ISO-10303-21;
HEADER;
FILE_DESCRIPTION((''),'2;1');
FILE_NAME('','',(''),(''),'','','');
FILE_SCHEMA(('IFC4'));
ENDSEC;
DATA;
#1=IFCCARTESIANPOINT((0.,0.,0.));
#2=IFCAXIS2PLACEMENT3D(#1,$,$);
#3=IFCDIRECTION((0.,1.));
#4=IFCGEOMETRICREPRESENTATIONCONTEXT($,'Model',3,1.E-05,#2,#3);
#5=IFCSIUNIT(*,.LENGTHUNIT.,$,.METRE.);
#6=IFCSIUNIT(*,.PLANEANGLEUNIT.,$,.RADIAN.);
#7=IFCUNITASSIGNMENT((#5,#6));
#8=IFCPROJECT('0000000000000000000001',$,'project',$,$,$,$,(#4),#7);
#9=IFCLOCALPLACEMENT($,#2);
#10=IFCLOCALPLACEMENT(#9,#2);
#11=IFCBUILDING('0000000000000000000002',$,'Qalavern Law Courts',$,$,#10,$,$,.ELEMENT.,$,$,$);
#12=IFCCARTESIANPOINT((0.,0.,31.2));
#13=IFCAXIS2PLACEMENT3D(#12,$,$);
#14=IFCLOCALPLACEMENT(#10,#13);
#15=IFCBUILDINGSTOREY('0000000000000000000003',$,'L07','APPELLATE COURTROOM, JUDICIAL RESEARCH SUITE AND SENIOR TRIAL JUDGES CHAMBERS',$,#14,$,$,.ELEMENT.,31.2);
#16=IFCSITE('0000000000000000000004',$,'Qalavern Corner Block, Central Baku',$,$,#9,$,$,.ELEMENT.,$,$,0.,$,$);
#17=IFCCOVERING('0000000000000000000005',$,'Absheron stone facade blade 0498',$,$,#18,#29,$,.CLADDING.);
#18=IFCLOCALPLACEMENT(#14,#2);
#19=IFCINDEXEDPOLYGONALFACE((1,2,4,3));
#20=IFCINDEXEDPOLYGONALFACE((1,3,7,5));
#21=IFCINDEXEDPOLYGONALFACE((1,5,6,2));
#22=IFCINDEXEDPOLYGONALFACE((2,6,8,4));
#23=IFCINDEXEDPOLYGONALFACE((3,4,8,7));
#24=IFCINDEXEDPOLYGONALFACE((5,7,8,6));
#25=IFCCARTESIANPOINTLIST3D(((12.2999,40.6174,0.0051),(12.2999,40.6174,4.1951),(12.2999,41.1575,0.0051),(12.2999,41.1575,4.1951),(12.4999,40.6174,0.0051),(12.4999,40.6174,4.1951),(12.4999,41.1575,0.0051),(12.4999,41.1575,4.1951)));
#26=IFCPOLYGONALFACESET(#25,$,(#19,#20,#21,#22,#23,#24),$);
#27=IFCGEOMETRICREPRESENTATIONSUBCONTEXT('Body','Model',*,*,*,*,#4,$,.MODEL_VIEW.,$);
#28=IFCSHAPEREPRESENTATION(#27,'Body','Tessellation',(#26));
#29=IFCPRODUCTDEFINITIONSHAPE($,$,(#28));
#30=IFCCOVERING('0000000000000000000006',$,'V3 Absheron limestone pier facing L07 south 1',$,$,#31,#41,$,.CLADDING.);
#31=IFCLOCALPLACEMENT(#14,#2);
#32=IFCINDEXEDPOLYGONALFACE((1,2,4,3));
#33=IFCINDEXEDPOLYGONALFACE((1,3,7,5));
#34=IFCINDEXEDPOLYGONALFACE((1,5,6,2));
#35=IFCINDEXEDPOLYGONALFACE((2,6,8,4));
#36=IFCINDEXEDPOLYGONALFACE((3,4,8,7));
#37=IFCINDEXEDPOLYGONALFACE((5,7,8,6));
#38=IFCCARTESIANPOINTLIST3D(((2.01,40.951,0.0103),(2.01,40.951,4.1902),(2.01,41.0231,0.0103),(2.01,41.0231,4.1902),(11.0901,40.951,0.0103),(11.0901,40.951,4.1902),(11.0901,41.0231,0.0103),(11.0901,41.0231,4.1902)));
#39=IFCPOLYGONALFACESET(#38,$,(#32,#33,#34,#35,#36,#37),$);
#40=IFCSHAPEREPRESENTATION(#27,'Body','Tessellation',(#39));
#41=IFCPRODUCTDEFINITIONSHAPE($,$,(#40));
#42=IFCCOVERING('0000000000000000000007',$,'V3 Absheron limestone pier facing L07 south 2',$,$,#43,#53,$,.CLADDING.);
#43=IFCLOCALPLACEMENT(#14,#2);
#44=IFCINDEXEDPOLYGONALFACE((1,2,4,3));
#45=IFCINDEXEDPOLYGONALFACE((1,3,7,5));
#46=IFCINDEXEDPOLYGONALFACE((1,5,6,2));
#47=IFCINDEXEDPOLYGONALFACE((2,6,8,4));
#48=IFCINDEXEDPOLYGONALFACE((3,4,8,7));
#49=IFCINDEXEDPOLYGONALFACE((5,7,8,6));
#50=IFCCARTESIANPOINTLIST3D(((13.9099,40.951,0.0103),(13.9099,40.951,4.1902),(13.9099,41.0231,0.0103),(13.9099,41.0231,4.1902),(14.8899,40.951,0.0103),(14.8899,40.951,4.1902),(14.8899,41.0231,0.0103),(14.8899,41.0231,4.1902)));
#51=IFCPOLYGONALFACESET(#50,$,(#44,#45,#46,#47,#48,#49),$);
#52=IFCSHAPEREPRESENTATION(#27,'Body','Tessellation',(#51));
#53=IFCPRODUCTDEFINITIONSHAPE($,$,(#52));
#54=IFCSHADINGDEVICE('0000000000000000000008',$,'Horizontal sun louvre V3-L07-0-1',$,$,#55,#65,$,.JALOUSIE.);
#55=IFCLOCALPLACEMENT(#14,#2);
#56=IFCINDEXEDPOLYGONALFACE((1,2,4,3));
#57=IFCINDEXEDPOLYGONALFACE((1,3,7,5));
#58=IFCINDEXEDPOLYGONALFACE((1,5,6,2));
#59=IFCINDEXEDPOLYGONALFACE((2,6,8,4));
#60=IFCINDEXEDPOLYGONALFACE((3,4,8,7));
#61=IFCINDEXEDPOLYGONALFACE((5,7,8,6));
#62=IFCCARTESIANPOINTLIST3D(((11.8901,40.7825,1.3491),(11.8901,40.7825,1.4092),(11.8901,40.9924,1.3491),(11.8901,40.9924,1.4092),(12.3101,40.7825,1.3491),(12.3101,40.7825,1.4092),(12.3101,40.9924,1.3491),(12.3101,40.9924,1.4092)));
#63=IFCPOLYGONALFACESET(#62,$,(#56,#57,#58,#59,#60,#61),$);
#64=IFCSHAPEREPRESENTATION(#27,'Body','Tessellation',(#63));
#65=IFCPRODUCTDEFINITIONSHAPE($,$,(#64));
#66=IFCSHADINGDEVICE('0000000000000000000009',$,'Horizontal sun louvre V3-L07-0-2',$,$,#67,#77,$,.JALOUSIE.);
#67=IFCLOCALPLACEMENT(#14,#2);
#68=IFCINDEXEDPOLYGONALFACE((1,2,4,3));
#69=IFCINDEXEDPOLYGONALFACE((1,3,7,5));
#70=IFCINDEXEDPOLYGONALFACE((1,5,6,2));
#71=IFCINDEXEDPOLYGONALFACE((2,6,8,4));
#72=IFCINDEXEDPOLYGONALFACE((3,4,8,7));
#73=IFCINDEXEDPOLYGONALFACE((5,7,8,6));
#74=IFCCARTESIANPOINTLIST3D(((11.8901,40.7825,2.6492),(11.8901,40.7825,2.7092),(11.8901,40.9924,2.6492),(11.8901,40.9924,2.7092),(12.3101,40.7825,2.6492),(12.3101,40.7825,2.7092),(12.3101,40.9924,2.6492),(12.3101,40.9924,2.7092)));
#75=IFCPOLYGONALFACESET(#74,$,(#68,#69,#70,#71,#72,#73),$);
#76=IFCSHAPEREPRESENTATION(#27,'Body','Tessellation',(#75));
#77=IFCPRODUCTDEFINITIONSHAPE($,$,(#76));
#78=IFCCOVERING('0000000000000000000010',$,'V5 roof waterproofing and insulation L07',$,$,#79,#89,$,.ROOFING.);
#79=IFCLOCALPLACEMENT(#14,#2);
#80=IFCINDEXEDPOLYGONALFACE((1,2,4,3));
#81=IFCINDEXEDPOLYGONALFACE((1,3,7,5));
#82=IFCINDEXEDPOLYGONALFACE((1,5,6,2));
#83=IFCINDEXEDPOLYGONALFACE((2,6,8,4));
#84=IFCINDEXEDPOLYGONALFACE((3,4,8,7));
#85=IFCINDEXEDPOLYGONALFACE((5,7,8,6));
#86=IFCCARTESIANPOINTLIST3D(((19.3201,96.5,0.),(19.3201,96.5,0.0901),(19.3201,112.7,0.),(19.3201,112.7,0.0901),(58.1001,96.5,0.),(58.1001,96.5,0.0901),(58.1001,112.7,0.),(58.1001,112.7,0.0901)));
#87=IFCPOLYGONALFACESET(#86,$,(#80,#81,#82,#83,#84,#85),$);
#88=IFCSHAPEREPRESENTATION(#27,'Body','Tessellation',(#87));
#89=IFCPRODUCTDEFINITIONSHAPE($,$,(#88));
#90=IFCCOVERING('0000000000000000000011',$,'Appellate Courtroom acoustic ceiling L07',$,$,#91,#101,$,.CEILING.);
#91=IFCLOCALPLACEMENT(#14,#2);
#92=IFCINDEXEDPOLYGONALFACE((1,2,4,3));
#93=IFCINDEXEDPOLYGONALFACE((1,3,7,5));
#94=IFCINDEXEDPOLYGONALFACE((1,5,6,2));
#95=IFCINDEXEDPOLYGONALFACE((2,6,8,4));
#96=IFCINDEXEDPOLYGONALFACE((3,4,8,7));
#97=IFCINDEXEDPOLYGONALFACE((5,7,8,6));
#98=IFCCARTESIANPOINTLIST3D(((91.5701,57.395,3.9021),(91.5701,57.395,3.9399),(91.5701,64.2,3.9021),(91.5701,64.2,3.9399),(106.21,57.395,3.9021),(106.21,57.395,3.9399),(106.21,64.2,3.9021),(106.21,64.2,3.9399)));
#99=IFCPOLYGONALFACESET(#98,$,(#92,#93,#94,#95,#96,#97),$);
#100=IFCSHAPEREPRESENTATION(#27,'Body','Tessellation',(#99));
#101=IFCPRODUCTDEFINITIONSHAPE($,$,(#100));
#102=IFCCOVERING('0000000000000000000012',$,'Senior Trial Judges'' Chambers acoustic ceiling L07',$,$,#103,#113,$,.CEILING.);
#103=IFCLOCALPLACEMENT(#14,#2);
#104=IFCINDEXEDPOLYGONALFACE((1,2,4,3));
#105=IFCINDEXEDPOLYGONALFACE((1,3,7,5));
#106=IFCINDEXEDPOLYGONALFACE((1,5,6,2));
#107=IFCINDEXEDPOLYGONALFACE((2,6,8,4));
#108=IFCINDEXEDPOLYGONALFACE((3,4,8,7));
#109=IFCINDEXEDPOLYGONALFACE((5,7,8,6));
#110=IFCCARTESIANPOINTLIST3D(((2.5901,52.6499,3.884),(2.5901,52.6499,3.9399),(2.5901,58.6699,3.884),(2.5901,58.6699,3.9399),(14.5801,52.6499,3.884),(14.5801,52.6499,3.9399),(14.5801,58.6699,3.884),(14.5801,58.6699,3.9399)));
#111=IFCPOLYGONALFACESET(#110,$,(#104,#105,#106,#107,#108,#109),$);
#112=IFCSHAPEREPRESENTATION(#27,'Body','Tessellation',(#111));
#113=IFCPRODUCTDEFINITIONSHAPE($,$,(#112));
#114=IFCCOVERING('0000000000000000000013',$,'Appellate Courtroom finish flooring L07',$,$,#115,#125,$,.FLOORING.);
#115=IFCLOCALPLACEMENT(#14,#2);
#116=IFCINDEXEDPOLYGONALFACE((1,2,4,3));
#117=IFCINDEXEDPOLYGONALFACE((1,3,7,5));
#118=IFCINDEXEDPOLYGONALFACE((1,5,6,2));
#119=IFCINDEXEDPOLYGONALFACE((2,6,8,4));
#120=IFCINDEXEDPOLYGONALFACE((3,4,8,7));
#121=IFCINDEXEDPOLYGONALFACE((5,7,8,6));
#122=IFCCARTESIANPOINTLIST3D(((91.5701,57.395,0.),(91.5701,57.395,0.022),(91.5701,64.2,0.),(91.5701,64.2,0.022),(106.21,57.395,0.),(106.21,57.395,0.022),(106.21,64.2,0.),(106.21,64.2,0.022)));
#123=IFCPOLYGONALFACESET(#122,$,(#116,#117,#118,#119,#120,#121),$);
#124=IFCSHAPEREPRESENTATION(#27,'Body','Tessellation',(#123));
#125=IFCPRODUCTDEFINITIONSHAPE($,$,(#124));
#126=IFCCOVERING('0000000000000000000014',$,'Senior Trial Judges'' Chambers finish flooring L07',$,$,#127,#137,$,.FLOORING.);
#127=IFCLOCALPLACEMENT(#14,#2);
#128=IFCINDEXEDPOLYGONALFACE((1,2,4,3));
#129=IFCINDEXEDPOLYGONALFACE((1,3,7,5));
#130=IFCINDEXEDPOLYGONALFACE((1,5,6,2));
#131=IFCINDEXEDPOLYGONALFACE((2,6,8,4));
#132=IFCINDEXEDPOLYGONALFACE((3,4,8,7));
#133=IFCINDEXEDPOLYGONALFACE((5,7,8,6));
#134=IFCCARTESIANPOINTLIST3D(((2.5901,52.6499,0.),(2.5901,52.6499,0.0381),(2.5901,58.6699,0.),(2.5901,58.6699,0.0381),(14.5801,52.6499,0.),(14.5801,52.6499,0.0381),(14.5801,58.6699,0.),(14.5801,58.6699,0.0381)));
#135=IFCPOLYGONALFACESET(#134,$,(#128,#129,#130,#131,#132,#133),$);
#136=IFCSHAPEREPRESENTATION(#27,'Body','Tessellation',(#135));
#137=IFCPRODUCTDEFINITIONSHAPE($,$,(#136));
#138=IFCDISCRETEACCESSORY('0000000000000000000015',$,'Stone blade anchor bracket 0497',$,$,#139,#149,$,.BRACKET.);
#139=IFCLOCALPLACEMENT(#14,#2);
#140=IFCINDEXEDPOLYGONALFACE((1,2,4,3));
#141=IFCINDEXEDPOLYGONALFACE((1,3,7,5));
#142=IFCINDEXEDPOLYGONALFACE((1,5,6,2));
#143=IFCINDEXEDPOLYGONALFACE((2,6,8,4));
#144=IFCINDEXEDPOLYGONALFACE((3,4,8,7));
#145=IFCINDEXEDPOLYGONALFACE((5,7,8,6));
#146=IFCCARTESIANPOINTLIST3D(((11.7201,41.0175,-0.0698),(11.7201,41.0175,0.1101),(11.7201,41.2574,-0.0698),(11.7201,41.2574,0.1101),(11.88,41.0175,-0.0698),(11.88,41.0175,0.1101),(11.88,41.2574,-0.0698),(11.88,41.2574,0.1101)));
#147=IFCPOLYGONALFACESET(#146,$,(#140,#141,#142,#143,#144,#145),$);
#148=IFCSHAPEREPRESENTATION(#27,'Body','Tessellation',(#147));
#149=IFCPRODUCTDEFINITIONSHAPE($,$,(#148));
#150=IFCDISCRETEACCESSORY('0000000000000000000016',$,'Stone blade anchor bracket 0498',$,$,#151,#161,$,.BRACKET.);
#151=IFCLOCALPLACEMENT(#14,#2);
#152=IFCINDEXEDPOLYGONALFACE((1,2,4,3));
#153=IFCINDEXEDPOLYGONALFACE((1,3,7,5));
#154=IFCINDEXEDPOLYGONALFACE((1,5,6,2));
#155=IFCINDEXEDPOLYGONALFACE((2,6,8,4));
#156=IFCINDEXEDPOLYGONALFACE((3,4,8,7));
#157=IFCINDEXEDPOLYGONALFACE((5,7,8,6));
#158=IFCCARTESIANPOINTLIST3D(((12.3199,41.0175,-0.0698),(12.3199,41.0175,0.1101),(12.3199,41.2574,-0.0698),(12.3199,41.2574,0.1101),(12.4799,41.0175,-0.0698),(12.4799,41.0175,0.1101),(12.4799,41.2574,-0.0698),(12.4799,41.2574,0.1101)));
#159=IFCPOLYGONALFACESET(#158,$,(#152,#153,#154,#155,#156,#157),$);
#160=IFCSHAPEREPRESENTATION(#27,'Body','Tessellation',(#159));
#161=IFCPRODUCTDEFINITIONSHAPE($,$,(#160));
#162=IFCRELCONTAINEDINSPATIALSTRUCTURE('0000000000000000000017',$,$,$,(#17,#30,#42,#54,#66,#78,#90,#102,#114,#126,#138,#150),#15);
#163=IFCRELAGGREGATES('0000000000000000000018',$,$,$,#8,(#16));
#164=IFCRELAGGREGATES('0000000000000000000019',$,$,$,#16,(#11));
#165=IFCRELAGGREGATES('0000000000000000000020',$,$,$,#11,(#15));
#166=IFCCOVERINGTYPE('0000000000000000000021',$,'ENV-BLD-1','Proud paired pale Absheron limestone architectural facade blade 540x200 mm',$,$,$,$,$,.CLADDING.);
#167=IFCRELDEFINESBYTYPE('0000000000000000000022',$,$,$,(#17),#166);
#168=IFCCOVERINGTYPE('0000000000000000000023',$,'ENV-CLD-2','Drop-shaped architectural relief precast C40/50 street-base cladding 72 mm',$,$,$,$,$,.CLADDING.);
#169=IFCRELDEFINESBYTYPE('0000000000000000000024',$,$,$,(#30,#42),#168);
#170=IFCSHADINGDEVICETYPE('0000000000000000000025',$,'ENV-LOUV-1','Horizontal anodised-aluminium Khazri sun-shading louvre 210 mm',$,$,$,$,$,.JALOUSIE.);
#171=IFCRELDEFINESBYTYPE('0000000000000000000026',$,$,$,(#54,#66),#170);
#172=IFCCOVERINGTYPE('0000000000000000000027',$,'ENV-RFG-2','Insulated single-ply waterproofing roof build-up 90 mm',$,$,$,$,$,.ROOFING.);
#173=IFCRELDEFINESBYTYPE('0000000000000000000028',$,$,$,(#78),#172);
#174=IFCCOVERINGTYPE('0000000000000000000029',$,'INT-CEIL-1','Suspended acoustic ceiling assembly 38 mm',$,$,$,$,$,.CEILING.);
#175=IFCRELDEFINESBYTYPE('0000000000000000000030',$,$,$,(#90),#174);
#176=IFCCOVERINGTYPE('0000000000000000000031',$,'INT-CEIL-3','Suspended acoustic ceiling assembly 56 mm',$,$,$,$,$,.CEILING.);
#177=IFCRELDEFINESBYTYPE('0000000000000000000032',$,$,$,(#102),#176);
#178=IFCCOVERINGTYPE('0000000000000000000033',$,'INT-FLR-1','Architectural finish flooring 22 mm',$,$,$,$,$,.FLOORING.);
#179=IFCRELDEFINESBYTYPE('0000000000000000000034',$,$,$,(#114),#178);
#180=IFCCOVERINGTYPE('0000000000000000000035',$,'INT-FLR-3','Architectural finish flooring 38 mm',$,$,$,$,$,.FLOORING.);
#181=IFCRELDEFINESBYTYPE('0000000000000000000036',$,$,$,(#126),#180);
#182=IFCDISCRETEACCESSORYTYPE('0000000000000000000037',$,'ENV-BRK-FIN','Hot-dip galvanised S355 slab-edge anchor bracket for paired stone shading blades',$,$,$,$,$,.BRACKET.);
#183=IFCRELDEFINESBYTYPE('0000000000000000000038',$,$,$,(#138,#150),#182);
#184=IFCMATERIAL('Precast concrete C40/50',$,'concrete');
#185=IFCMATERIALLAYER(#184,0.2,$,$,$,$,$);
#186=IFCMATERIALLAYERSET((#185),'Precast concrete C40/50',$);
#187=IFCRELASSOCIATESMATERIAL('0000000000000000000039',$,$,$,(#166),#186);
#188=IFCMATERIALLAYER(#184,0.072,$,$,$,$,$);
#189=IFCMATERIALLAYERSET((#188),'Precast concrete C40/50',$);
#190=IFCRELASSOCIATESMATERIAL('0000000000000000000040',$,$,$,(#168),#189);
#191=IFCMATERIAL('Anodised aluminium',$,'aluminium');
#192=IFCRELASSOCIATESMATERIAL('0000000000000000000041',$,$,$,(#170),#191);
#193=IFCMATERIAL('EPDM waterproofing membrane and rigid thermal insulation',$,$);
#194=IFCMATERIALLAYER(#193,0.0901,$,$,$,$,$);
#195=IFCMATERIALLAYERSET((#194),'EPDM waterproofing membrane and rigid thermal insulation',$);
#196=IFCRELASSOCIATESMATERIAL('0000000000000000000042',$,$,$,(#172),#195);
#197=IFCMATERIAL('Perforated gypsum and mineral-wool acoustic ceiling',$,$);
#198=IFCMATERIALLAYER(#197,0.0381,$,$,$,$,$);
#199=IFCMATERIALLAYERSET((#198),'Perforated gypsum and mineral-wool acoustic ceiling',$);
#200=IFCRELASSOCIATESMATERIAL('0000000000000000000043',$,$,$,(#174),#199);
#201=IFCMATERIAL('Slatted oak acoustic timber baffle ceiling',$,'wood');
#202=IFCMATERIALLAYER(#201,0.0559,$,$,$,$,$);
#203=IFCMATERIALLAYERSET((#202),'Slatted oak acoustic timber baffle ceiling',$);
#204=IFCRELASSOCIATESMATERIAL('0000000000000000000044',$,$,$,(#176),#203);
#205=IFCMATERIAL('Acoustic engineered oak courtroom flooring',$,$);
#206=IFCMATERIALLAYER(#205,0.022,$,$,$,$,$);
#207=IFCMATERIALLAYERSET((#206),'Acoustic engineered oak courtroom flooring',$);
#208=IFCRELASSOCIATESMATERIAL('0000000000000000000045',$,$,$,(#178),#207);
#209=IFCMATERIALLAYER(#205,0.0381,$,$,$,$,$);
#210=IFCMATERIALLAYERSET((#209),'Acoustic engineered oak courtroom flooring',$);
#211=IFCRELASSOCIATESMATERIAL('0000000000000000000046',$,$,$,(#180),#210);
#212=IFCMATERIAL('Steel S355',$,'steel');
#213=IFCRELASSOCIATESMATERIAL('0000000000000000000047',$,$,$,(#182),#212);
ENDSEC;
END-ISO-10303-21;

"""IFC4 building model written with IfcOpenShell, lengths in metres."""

from ifc_helpers import new_model, si_unit, direction, frame, origin, origin_2d, place, context, subcontext, project, spatial, polyline, rectangle, outline, extrude, material, layer, layer_set, type_object, element, save


model = new_model("IFC4")

# Units and contexts
model_context = context("Model", 3, precision=1e-05, world=origin(), true_north=direction((0.0, 1.0)))
body_context = subcontext(model_context, "Body", "Model", "MODEL_VIEW")
ifc_project = project(units=[si_unit("LENGTHUNIT", "METRE"), si_unit("PLANEANGLEUNIT", "RADIAN")], contexts=[model_context])

# Site, building, storey
site_placement = place(None, origin())
site = spatial("IfcSite", under=ifc_project, at=site_placement, Name="Qalavern Corner Block, Central Baku", CompositionType="ELEMENT", RefElevation=0.0)
building_placement = place(site_placement, origin())
building = spatial("IfcBuilding", under=site, at=building_placement, Name="Qalavern Law Courts", CompositionType="ELEMENT")
storey_placement = place(building_placement, frame((0.0, 0.0, 31.2)))
storey = spatial("IfcBuildingStorey", under=building, at=storey_placement, Name="L07", Description="APPELLATE COURTROOM, JUDICIAL RESEARCH SUITE AND SENIOR TRIAL JUDGES CHAMBERS", CompositionType="ELEMENT", Elevation=31.2)

# Coverings
ifc_material_1 = material(Name="Precast concrete C40/50", Category="concrete")
ifc_layer_1 = layer(ifc_material_1, 0.2)
ifc_layer_set_1 = layer_set([ifc_layer_1], Name="Precast concrete C40/50")
covering_type_1 = type_object("IfcCoveringType", Name="ENV-BLD-1", Description="Proud paired pale Absheron limestone architectural facade blade 540x200 mm", PredefinedType="CLADDING", material=ifc_layer_set_1)
for number, where, z_axis, x_axis, name in (
    (1, (12.3999, 40.8875, 0.0051), (0.0, 0.0, 1.0), (0.0, -1.0, 0.0), "Absheron stone facade blade 0498"),
):
    element("IfcCovering", number, at=place(storey_placement, frame(where, z_axis=z_axis, x_axis=x_axis)), inside=storey, type_object=covering_type_1, Name=name, PredefinedType="CLADDING", context=body_context, shape_type="SweptSolid", body=[
        extrude(rectangle(XDim=0.54, YDim=0.2, at=origin_2d()), origin(), (0.0, 0.0, 1.0), 4.1899),
    ])
ifc_layer_2 = layer(ifc_material_1, 0.072)
ifc_layer_set_2 = layer_set([ifc_layer_2], Name="Precast concrete C40/50")
covering_type_2 = type_object("IfcCoveringType", Name="ENV-CLD-2", Description="Drop-shaped architectural relief precast C40/50 street-base cladding 72 mm", PredefinedType="CLADDING", material=ifc_layer_set_2)
covering_1_placement = place(storey_placement, frame((6.55, 40.9871, 0.0103), z_axis=(0.0, 0.0, 1.0), x_axis=(1.0, 0.0, 0.0)))
element("IfcCovering", 2, at=covering_1_placement, inside=storey, type_object=covering_type_2, Name="V3 Absheron limestone pier facing L07 south 1", PredefinedType="CLADDING", context=body_context, shape_type="SweptSolid", body=[
    extrude(rectangle(XDim=9.0801, YDim=0.072, at=origin_2d()), origin(), (0.0, 0.0, 1.0), 4.1799),
])
covering_2_placement = place(storey_placement, frame((14.3999, 40.9871, 0.0103), z_axis=(0.0, 0.0, 1.0), x_axis=(1.0, 0.0, 0.0)))
element("IfcCovering", 3, at=covering_2_placement, inside=storey, type_object=covering_type_2, Name="V3 Absheron limestone pier facing L07 south 2", PredefinedType="CLADDING", context=body_context, shape_type="SweptSolid", body=[
    extrude(rectangle(XDim=0.98, YDim=0.072, at=origin_2d()), origin(), (0.0, 0.0, 1.0), 4.1799),
])

# Shading devices
ifc_material_2 = material(Name="Anodised aluminium", Category="aluminium")
shading_device_type = type_object("IfcShadingDeviceType", Name="ENV-LOUV-1", Description="Horizontal anodised-aluminium Khazri sun-shading louvre 210 mm", PredefinedType="JALOUSIE", material=ifc_material_2)
for number, where, z_axis, x_axis, name in (
    (4, (12.1001, 40.8875, 1.3491), (0.0, 0.0, 1.0), (1.0, 0.0, 0.0), "Horizontal sun louvre V3-L07-0-1"),
    (5, (12.1001, 40.8875, 2.6492), (0.0, 0.0, 1.0), (1.0, 0.0, 0.0), "Horizontal sun louvre V3-L07-0-2"),
):
    element("IfcShadingDevice", number, at=place(storey_placement, frame(where, z_axis=z_axis, x_axis=x_axis)), inside=storey, type_object=shading_device_type, Name=name, PredefinedType="JALOUSIE", context=body_context, shape_type="SweptSolid", body=[
        extrude(rectangle(XDim=0.4199, YDim=0.21, at=origin_2d()), origin(), (0.0, 0.0, 1.0), 0.0601),
    ])

# Coverings
ifc_material_3 = material(Name="EPDM waterproofing membrane and rigid thermal insulation")
ifc_layer_3 = layer(ifc_material_3, 0.0901)
ifc_layer_set_3 = layer_set([ifc_layer_3], Name="EPDM waterproofing membrane and rigid thermal insulation")
covering_type_3 = type_object("IfcCoveringType", Name="ENV-RFG-2", Description="Insulated single-ply waterproofing roof build-up 90 mm", PredefinedType="ROOFING", material=ifc_layer_set_3)
covering_3_placement = place(storey_placement, origin())
element("IfcCovering", 6, at=covering_3_placement, inside=storey, type_object=covering_type_3, Name="V5 roof waterproofing and insulation L07", PredefinedType="ROOFING", context=body_context, shape_type="SweptSolid", body=[
    extrude(outline(polyline([(19.3201, 96.5), (58.1001, 96.5), (58.1001, 112.7), (19.3201, 112.7), (19.3201, 96.5)])), origin(), (0.0, 0.0, 1.0), 0.0901),
])
ifc_material_4 = material(Name="Perforated gypsum and mineral-wool acoustic ceiling")
ifc_layer_4 = layer(ifc_material_4, 0.0381)
ifc_layer_set_4 = layer_set([ifc_layer_4], Name="Perforated gypsum and mineral-wool acoustic ceiling")
covering_type_4 = type_object("IfcCoveringType", Name="INT-CEIL-1", Description="Suspended acoustic ceiling assembly 38 mm", PredefinedType="CEILING", material=ifc_layer_set_4)
covering_4_placement = place(storey_placement, frame((0.0, 0.0, 3.9021)))
element("IfcCovering", 7, at=covering_4_placement, inside=storey, type_object=covering_type_4, Name="Appellate Courtroom acoustic ceiling L07", PredefinedType="CEILING", context=body_context, shape_type="SweptSolid", body=[
    extrude(outline(polyline([(91.5701, 57.395), (106.21, 57.395), (106.21, 64.2), (91.5701, 64.2), (91.5701, 57.395)])), origin(), (0.0, 0.0, 1.0), 0.0378),
])
ifc_material_5 = material(Name="Slatted oak acoustic timber baffle ceiling", Category="wood")
ifc_layer_5 = layer(ifc_material_5, 0.0559)
ifc_layer_set_5 = layer_set([ifc_layer_5], Name="Slatted oak acoustic timber baffle ceiling")
covering_type_5 = type_object("IfcCoveringType", Name="INT-CEIL-3", Description="Suspended acoustic ceiling assembly 56 mm", PredefinedType="CEILING", material=ifc_layer_set_5)
covering_5_placement = place(storey_placement, frame((0.0, 0.0, 3.884)))
element("IfcCovering", 8, at=covering_5_placement, inside=storey, type_object=covering_type_5, Name="Senior Trial Judges' Chambers acoustic ceiling L07", PredefinedType="CEILING", context=body_context, shape_type="SweptSolid", body=[
    extrude(outline(polyline([(2.5901, 52.6499), (14.5801, 52.6499), (14.5801, 58.6699), (2.5901, 58.6699), (2.5901, 52.6499)])), origin(), (0.0, 0.0, 1.0), 0.0559),
])
ifc_material_6 = material(Name="Acoustic engineered oak courtroom flooring")
ifc_layer_6 = layer(ifc_material_6, 0.022)
ifc_layer_set_6 = layer_set([ifc_layer_6], Name="Acoustic engineered oak courtroom flooring")
covering_type_6 = type_object("IfcCoveringType", Name="INT-FLR-1", Description="Architectural finish flooring 22 mm", PredefinedType="FLOORING", material=ifc_layer_set_6)
covering_6_placement = place(storey_placement, origin())
element("IfcCovering", 9, at=covering_6_placement, inside=storey, type_object=covering_type_6, Name="Appellate Courtroom finish flooring L07", PredefinedType="FLOORING", context=body_context, shape_type="SweptSolid", body=[
    extrude(outline(polyline([(91.5701, 57.395), (106.21, 57.395), (106.21, 64.2), (91.5701, 64.2), (91.5701, 57.395)])), origin(), (0.0, 0.0, 1.0), 0.022),
])
ifc_layer_7 = layer(ifc_material_6, 0.0381)
ifc_layer_set_7 = layer_set([ifc_layer_7], Name="Acoustic engineered oak courtroom flooring")
covering_type_7 = type_object("IfcCoveringType", Name="INT-FLR-3", Description="Architectural finish flooring 38 mm", PredefinedType="FLOORING", material=ifc_layer_set_7)
covering_7_placement = place(storey_placement, origin())
element("IfcCovering", 10, at=covering_7_placement, inside=storey, type_object=covering_type_7, Name="Senior Trial Judges' Chambers finish flooring L07", PredefinedType="FLOORING", context=body_context, shape_type="SweptSolid", body=[
    extrude(outline(polyline([(2.5901, 52.6499), (14.5801, 52.6499), (14.5801, 58.6699), (2.5901, 58.6699), (2.5901, 52.6499)])), origin(), (0.0, 0.0, 1.0), 0.0381),
])

# Discrete accessories
ifc_material_7 = material(Name="Steel S355", Category="steel")
discrete_accessory_type = type_object("IfcDiscreteAccessoryType", Name="ENV-BRK-FIN", Description="Hot-dip galvanised S355 slab-edge anchor bracket for paired stone shading blades", PredefinedType="BRACKET", material=ifc_material_7)
for number, where, z_axis, x_axis, name in (
    (11, (11.8, 41.1375, -0.0698), (0.0, 0.0, 1.0), (0.0, -1.0, 0.0), "Stone blade anchor bracket 0497"),
    (12, (12.3999, 41.1375, -0.0698), (0.0, 0.0, 1.0), (0.0, -1.0, 0.0), "Stone blade anchor bracket 0498"),
):
    element("IfcDiscreteAccessory", number, at=place(storey_placement, frame(where, z_axis=z_axis, x_axis=x_axis)), inside=storey, type_object=discrete_accessory_type, Name=name, PredefinedType="BRACKET", context=body_context, shape_type="SweptSolid", body=[
        extrude(rectangle(XDim=0.24, YDim=0.1599, at=origin_2d()), origin(), (0.0, 0.0, 1.0), 0.1799),
    ])

save(model, "model.ifc")
